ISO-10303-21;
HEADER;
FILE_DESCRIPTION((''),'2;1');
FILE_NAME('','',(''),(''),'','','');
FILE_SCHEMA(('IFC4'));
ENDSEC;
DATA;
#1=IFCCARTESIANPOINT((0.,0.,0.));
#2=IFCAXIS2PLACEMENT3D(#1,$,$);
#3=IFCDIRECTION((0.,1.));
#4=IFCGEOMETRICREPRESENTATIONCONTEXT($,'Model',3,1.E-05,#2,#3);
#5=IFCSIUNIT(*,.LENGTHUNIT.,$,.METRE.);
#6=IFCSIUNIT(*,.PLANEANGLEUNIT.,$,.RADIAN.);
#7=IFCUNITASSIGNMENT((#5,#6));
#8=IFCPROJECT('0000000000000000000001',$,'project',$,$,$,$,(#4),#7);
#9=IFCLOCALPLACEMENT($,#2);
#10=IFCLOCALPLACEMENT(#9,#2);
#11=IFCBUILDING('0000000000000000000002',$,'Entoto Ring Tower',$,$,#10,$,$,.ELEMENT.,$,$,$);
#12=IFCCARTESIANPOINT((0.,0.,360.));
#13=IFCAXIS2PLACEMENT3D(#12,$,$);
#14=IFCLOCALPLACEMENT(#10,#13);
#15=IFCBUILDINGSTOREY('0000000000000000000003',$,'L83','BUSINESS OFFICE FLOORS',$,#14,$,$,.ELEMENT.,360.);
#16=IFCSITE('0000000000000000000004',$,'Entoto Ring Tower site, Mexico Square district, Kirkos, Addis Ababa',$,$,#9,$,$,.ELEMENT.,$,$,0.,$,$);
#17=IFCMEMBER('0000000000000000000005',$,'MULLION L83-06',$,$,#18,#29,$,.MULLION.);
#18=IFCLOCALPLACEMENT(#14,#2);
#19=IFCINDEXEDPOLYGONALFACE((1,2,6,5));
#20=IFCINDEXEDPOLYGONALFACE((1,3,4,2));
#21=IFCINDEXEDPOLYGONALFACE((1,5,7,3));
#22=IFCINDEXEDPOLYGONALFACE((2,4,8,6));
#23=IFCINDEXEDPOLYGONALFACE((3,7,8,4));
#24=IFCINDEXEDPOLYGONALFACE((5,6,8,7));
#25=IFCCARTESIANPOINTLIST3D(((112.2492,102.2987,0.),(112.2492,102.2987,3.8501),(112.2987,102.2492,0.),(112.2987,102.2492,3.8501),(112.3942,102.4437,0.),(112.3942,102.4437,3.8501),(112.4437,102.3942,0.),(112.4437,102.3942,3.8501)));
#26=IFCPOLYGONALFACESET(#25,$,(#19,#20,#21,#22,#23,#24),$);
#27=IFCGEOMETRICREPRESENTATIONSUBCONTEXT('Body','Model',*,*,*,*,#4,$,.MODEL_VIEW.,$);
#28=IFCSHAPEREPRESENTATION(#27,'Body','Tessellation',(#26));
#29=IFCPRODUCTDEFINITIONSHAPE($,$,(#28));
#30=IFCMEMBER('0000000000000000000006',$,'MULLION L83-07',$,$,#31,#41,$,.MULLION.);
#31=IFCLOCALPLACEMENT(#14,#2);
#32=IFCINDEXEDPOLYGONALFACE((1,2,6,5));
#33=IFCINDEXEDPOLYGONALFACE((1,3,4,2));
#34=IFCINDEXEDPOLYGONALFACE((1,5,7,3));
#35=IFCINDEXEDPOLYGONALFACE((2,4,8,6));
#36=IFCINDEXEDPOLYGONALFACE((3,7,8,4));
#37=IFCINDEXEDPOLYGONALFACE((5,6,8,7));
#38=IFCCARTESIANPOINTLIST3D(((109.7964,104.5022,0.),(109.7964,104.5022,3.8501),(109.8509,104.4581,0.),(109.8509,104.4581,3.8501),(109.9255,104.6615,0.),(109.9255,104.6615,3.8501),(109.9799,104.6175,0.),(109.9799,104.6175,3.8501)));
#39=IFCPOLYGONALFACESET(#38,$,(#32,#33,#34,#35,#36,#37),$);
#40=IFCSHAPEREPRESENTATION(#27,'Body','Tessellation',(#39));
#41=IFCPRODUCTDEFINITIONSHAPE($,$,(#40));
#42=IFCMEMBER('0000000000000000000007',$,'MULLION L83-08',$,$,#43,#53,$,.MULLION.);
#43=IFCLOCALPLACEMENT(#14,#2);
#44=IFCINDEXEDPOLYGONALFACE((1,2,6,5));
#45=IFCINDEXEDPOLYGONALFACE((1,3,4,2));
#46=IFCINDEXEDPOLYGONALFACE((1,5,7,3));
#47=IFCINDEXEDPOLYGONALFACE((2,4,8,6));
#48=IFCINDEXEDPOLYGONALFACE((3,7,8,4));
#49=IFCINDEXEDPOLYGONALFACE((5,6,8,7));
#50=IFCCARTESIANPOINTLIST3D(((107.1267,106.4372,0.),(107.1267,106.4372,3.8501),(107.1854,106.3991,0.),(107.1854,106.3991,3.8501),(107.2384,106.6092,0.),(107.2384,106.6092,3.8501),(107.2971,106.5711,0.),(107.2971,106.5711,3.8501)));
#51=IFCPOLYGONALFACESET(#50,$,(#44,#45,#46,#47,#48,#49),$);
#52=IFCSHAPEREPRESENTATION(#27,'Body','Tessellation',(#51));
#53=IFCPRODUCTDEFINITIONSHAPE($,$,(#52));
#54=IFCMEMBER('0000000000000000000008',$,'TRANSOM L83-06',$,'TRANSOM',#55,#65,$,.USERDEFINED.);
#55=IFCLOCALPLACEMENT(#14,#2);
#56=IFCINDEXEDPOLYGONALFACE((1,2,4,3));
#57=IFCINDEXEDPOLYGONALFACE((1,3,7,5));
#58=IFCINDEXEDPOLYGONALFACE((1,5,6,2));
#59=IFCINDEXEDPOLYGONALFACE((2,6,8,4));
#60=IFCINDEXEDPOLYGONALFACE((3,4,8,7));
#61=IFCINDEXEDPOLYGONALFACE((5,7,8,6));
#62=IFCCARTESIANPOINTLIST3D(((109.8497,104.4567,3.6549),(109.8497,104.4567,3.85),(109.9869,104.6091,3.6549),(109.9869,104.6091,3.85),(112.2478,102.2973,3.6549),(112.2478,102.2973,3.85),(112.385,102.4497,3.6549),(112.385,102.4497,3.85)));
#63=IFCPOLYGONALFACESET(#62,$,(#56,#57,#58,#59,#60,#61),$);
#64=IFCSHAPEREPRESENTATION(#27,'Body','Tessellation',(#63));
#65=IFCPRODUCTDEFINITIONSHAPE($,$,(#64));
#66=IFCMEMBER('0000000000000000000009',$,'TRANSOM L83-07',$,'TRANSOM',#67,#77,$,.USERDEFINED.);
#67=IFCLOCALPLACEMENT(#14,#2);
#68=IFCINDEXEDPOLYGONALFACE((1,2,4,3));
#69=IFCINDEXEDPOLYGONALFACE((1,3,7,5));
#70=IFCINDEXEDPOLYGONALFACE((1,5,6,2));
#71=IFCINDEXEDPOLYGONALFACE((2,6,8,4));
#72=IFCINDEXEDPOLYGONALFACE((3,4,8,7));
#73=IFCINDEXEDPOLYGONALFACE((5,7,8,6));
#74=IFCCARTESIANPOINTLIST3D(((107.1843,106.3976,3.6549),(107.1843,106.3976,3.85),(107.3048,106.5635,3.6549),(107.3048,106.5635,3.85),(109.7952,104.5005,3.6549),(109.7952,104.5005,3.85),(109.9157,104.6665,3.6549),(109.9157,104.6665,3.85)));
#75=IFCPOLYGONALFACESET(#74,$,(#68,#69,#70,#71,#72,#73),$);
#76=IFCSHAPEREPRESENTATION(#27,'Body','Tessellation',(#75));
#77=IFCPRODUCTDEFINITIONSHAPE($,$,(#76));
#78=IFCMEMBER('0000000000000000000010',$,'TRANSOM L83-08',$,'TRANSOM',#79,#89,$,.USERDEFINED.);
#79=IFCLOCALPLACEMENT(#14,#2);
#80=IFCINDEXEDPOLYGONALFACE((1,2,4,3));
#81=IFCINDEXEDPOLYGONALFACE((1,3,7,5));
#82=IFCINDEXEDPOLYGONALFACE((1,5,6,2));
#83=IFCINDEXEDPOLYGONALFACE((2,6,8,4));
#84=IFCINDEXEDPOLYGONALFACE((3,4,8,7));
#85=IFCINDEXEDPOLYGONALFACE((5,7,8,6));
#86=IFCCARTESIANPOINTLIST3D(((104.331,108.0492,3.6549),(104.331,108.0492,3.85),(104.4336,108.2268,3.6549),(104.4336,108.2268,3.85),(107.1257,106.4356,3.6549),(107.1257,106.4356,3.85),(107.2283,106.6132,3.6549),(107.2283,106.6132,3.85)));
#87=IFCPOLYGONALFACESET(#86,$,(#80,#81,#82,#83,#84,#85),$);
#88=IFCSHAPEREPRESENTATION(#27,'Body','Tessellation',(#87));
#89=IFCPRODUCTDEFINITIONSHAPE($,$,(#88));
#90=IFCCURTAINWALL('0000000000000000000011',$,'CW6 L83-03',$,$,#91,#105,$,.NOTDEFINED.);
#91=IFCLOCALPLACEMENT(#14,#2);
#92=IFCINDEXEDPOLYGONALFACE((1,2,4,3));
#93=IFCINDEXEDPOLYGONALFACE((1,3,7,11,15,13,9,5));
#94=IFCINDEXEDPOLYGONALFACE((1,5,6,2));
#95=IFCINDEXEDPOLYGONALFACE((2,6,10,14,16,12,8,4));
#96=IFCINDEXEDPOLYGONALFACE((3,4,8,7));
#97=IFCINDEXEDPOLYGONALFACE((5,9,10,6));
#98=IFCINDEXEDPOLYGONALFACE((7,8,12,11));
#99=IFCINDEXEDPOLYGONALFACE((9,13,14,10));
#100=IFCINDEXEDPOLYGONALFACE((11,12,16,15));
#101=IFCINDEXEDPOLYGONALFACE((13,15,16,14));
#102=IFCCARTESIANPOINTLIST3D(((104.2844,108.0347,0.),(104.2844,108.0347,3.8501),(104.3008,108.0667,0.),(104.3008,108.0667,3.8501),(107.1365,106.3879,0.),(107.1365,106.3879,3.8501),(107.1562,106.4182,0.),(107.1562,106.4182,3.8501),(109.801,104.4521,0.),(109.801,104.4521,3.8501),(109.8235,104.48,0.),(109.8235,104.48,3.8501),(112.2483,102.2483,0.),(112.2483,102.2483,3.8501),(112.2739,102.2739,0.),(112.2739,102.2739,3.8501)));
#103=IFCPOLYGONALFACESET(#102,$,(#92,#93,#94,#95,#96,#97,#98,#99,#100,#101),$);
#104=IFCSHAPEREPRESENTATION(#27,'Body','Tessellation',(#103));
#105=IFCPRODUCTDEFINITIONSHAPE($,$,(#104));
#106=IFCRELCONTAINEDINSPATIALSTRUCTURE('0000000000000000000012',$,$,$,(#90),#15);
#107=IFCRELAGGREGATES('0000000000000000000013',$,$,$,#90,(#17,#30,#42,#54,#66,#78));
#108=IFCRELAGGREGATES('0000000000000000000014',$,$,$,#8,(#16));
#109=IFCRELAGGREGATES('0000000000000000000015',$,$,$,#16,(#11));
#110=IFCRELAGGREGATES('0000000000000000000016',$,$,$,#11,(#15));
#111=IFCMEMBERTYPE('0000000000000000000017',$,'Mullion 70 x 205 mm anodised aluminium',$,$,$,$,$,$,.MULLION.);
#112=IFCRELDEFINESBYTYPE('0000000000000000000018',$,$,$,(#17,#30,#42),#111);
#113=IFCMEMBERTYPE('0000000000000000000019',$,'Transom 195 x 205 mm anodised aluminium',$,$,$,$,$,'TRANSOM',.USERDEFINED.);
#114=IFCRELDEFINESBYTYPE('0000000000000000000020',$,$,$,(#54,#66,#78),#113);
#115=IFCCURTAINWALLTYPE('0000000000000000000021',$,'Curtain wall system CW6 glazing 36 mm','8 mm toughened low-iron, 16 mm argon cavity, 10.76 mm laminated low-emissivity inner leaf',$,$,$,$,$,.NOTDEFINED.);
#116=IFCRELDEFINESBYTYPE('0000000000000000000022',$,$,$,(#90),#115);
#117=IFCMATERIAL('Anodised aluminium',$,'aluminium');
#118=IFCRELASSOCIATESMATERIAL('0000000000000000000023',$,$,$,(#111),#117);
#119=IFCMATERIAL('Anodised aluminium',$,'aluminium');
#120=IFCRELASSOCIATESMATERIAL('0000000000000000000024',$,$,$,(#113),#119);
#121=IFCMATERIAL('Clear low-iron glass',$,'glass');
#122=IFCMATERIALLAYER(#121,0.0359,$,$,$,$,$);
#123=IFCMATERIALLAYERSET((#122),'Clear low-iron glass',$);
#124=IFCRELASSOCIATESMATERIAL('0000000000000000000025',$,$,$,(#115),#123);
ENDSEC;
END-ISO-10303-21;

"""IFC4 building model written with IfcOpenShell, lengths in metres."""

from ifc_helpers import new_model, si_unit, direction, frame, origin, origin_2d, place, context, subcontext, project, spatial, polyline, rectangle, outline, extrude, material, layer, layer_set, material_profile, profile_set, type_object, element, aggregate, save


model = new_model("IFC4")

# Units and contexts
model_context = context("Model", 3, precision=1e-05, world=origin(), true_north=direction((0.0, 1.0)))
body_context = subcontext(model_context, "Body", "Model", "MODEL_VIEW")
ifc_project = project(units=[si_unit("LENGTHUNIT", "METRE"), si_unit("PLANEANGLEUNIT", "RADIAN")], contexts=[model_context])

# Members
ifc_material_1 = material(Name="Anodised aluminium", Category="aluminium")
ifc_material_profile_1 = material_profile(ifc_material_1, rectangle(XDim=0.0701, YDim=0.2051, at=origin_2d()), Name="Mullion 70 x 205 mm anodised aluminium")
ifc_profile_set_1 = profile_set([ifc_material_profile_1], Name="Anodised aluminium")
member_type_1 = type_object("IfcMemberType", Name="Mullion 70 x 205 mm anodised aluminium", PredefinedType="MULLION", material=ifc_profile_set_1)
site_placement = place(None, origin())
building_placement = place(site_placement, origin())
storey_placement = place(building_placement, frame((0.0, 0.0, 360.0)))
member_1_placement = place(storey_placement, frame((112.3464, 102.3464, 0.0), z_axis=(0.0, 0.0, 1.0), x_axis=(-0.707107, 0.707107, 0.0)))
member_1 = element("IfcMember", 1, at=member_1_placement, type_object=member_type_1, Name="MULLION L83-06", PredefinedType="MULLION", context=body_context, shape_type="SweptSolid", body=[
    extrude(rectangle(XDim=0.0701, YDim=0.2051, at=origin_2d()), origin(), (0.0, 0.0, 1.0), 3.8501),
])
member_2_placement = place(storey_placement, frame((109.8882, 104.5598, 0.0), z_axis=(0.0, 0.0, 1.0), x_axis=(-0.777146, 0.62932, 0.0)))
member_2 = element("IfcMember", 2, at=member_2_placement, type_object=member_type_1, Name="MULLION L83-07", PredefinedType="MULLION", context=body_context, shape_type="SweptSolid", body=[
    extrude(rectangle(XDim=0.0701, YDim=0.2051, at=origin_2d()), origin(), (0.0, 0.0, 1.0), 3.8501),
])
member_3_placement = place(storey_placement, frame((107.2119, 106.5042, 0.0), z_axis=(0.0, 0.0, 1.0), x_axis=(-0.838671, 0.544639, 0.0)))
member_3 = element("IfcMember", 3, at=member_3_placement, type_object=member_type_1, Name="MULLION L83-08", PredefinedType="MULLION", context=body_context, shape_type="SweptSolid", body=[
    extrude(rectangle(XDim=0.0701, YDim=0.2051, at=origin_2d()), origin(), (0.0, 0.0, 1.0), 3.8501),
])
ifc_material_2 = material(Name="Anodised aluminium", Category="aluminium")
ifc_material_profile_2 = material_profile(ifc_material_2, rectangle(XDim=0.2051, YDim=0.1951, at=origin_2d()), Name="Transom 195 x 205 mm anodised aluminium")
ifc_profile_set_2 = profile_set([ifc_material_profile_2], Name="Anodised aluminium")
member_type_2 = type_object("IfcMemberType", Name="Transom 195 x 205 mm anodised aluminium", ElementType="TRANSOM", PredefinedType="USERDEFINED", material=ifc_profile_set_2)
member_4_placement = place(storey_placement, frame((112.3164, 102.3735, 3.7524), z_axis=(-0.743132, 0.669144, 0.0), x_axis=(-0.669144, -0.743132, 0.0)))
member_4 = element("IfcMember", 4, at=member_4_placement, type_object=member_type_2, Name="TRANSOM L83-06", ObjectType="TRANSOM", PredefinedType="USERDEFINED", context=body_context, shape_type="SweptSolid", body=[
    extrude(rectangle(XDim=0.2051, YDim=0.1951, at=origin_2d()), origin(), (0.0, 0.0, 1.0), 3.2271),
])
member_5_placement = place(storey_placement, frame((109.8555, 104.5835, 3.7524), z_axis=(-0.809004, 0.587803, 0.0), x_axis=(-0.587803, -0.809004, 0.0)))
member_5 = element("IfcMember", 5, at=member_5_placement, type_object=member_type_2, Name="TRANSOM L83-07", ObjectType="TRANSOM", PredefinedType="USERDEFINED", context=body_context, shape_type="SweptSolid", body=[
    extrude(rectangle(XDim=0.2051, YDim=0.1951, at=origin_2d()), origin(), (0.0, 0.0, 1.0), 3.2273),
])
member_6_placement = place(storey_placement, frame((107.177, 106.5244, 3.7524), z_axis=(-0.866023, 0.500004, 0.0), x_axis=(-0.500004, -0.866023, 0.0)))
member_6 = element("IfcMember", 6, at=member_6_placement, type_object=member_type_2, Name="TRANSOM L83-08", ObjectType="TRANSOM", PredefinedType="USERDEFINED", context=body_context, shape_type="SweptSolid", body=[
    extrude(rectangle(XDim=0.2051, YDim=0.1951, at=origin_2d()), origin(), (0.0, 0.0, 1.0), 3.2271),
])

# Site, building, storey
site = spatial("IfcSite", under=ifc_project, at=site_placement, Name="Entoto Ring Tower site, Mexico Square district, Kirkos, Addis Ababa", CompositionType="ELEMENT", RefElevation=0.0)
building = spatial("IfcBuilding", under=site, at=building_placement, Name="Entoto Ring Tower", CompositionType="ELEMENT")
storey = spatial("IfcBuildingStorey", under=building, at=storey_placement, Name="L83", Description="BUSINESS OFFICE FLOORS", CompositionType="ELEMENT", Elevation=360.0)

# Curtain wall
ifc_material_3 = material(Name="Clear low-iron glass", Category="glass")
ifc_layer = layer(ifc_material_3, 0.0359)
ifc_layer_set = layer_set([ifc_layer], Name="Clear low-iron glass")
curtain_wall_type = type_object("IfcCurtainWallType", Name="Curtain wall system CW6 glazing 36 mm", Description="8 mm toughened low-iron, 16 mm argon cavity, 10.76 mm laminated low-emissivity inner leaf", PredefinedType="NOTDEFINED", material=ifc_layer_set)
curtain_wall_1_placement = place(storey_placement, origin())
curtain_wall_1 = element("IfcCurtainWall", 7, at=curtain_wall_1_placement, inside=storey, type_object=curtain_wall_type, Name="CW6 L83-03", PredefinedType="NOTDEFINED", context=body_context, shape_type="SweptSolid", body=[
    extrude(outline(polyline([(112.2739, 102.2739), (109.8235, 104.48), (107.1562, 106.4182), (104.3008, 108.0667), (104.2844, 108.0347), (107.1365, 106.3879), (109.801, 104.4521), (112.2483, 102.2483), (112.2739, 102.2739)])), origin(), (0.0, 0.0, 1.0), 3.8501),
])
aggregate(curtain_wall_1, [member_1, member_2, member_3, member_4, member_5, member_6])

save(model, "model.ifc")
